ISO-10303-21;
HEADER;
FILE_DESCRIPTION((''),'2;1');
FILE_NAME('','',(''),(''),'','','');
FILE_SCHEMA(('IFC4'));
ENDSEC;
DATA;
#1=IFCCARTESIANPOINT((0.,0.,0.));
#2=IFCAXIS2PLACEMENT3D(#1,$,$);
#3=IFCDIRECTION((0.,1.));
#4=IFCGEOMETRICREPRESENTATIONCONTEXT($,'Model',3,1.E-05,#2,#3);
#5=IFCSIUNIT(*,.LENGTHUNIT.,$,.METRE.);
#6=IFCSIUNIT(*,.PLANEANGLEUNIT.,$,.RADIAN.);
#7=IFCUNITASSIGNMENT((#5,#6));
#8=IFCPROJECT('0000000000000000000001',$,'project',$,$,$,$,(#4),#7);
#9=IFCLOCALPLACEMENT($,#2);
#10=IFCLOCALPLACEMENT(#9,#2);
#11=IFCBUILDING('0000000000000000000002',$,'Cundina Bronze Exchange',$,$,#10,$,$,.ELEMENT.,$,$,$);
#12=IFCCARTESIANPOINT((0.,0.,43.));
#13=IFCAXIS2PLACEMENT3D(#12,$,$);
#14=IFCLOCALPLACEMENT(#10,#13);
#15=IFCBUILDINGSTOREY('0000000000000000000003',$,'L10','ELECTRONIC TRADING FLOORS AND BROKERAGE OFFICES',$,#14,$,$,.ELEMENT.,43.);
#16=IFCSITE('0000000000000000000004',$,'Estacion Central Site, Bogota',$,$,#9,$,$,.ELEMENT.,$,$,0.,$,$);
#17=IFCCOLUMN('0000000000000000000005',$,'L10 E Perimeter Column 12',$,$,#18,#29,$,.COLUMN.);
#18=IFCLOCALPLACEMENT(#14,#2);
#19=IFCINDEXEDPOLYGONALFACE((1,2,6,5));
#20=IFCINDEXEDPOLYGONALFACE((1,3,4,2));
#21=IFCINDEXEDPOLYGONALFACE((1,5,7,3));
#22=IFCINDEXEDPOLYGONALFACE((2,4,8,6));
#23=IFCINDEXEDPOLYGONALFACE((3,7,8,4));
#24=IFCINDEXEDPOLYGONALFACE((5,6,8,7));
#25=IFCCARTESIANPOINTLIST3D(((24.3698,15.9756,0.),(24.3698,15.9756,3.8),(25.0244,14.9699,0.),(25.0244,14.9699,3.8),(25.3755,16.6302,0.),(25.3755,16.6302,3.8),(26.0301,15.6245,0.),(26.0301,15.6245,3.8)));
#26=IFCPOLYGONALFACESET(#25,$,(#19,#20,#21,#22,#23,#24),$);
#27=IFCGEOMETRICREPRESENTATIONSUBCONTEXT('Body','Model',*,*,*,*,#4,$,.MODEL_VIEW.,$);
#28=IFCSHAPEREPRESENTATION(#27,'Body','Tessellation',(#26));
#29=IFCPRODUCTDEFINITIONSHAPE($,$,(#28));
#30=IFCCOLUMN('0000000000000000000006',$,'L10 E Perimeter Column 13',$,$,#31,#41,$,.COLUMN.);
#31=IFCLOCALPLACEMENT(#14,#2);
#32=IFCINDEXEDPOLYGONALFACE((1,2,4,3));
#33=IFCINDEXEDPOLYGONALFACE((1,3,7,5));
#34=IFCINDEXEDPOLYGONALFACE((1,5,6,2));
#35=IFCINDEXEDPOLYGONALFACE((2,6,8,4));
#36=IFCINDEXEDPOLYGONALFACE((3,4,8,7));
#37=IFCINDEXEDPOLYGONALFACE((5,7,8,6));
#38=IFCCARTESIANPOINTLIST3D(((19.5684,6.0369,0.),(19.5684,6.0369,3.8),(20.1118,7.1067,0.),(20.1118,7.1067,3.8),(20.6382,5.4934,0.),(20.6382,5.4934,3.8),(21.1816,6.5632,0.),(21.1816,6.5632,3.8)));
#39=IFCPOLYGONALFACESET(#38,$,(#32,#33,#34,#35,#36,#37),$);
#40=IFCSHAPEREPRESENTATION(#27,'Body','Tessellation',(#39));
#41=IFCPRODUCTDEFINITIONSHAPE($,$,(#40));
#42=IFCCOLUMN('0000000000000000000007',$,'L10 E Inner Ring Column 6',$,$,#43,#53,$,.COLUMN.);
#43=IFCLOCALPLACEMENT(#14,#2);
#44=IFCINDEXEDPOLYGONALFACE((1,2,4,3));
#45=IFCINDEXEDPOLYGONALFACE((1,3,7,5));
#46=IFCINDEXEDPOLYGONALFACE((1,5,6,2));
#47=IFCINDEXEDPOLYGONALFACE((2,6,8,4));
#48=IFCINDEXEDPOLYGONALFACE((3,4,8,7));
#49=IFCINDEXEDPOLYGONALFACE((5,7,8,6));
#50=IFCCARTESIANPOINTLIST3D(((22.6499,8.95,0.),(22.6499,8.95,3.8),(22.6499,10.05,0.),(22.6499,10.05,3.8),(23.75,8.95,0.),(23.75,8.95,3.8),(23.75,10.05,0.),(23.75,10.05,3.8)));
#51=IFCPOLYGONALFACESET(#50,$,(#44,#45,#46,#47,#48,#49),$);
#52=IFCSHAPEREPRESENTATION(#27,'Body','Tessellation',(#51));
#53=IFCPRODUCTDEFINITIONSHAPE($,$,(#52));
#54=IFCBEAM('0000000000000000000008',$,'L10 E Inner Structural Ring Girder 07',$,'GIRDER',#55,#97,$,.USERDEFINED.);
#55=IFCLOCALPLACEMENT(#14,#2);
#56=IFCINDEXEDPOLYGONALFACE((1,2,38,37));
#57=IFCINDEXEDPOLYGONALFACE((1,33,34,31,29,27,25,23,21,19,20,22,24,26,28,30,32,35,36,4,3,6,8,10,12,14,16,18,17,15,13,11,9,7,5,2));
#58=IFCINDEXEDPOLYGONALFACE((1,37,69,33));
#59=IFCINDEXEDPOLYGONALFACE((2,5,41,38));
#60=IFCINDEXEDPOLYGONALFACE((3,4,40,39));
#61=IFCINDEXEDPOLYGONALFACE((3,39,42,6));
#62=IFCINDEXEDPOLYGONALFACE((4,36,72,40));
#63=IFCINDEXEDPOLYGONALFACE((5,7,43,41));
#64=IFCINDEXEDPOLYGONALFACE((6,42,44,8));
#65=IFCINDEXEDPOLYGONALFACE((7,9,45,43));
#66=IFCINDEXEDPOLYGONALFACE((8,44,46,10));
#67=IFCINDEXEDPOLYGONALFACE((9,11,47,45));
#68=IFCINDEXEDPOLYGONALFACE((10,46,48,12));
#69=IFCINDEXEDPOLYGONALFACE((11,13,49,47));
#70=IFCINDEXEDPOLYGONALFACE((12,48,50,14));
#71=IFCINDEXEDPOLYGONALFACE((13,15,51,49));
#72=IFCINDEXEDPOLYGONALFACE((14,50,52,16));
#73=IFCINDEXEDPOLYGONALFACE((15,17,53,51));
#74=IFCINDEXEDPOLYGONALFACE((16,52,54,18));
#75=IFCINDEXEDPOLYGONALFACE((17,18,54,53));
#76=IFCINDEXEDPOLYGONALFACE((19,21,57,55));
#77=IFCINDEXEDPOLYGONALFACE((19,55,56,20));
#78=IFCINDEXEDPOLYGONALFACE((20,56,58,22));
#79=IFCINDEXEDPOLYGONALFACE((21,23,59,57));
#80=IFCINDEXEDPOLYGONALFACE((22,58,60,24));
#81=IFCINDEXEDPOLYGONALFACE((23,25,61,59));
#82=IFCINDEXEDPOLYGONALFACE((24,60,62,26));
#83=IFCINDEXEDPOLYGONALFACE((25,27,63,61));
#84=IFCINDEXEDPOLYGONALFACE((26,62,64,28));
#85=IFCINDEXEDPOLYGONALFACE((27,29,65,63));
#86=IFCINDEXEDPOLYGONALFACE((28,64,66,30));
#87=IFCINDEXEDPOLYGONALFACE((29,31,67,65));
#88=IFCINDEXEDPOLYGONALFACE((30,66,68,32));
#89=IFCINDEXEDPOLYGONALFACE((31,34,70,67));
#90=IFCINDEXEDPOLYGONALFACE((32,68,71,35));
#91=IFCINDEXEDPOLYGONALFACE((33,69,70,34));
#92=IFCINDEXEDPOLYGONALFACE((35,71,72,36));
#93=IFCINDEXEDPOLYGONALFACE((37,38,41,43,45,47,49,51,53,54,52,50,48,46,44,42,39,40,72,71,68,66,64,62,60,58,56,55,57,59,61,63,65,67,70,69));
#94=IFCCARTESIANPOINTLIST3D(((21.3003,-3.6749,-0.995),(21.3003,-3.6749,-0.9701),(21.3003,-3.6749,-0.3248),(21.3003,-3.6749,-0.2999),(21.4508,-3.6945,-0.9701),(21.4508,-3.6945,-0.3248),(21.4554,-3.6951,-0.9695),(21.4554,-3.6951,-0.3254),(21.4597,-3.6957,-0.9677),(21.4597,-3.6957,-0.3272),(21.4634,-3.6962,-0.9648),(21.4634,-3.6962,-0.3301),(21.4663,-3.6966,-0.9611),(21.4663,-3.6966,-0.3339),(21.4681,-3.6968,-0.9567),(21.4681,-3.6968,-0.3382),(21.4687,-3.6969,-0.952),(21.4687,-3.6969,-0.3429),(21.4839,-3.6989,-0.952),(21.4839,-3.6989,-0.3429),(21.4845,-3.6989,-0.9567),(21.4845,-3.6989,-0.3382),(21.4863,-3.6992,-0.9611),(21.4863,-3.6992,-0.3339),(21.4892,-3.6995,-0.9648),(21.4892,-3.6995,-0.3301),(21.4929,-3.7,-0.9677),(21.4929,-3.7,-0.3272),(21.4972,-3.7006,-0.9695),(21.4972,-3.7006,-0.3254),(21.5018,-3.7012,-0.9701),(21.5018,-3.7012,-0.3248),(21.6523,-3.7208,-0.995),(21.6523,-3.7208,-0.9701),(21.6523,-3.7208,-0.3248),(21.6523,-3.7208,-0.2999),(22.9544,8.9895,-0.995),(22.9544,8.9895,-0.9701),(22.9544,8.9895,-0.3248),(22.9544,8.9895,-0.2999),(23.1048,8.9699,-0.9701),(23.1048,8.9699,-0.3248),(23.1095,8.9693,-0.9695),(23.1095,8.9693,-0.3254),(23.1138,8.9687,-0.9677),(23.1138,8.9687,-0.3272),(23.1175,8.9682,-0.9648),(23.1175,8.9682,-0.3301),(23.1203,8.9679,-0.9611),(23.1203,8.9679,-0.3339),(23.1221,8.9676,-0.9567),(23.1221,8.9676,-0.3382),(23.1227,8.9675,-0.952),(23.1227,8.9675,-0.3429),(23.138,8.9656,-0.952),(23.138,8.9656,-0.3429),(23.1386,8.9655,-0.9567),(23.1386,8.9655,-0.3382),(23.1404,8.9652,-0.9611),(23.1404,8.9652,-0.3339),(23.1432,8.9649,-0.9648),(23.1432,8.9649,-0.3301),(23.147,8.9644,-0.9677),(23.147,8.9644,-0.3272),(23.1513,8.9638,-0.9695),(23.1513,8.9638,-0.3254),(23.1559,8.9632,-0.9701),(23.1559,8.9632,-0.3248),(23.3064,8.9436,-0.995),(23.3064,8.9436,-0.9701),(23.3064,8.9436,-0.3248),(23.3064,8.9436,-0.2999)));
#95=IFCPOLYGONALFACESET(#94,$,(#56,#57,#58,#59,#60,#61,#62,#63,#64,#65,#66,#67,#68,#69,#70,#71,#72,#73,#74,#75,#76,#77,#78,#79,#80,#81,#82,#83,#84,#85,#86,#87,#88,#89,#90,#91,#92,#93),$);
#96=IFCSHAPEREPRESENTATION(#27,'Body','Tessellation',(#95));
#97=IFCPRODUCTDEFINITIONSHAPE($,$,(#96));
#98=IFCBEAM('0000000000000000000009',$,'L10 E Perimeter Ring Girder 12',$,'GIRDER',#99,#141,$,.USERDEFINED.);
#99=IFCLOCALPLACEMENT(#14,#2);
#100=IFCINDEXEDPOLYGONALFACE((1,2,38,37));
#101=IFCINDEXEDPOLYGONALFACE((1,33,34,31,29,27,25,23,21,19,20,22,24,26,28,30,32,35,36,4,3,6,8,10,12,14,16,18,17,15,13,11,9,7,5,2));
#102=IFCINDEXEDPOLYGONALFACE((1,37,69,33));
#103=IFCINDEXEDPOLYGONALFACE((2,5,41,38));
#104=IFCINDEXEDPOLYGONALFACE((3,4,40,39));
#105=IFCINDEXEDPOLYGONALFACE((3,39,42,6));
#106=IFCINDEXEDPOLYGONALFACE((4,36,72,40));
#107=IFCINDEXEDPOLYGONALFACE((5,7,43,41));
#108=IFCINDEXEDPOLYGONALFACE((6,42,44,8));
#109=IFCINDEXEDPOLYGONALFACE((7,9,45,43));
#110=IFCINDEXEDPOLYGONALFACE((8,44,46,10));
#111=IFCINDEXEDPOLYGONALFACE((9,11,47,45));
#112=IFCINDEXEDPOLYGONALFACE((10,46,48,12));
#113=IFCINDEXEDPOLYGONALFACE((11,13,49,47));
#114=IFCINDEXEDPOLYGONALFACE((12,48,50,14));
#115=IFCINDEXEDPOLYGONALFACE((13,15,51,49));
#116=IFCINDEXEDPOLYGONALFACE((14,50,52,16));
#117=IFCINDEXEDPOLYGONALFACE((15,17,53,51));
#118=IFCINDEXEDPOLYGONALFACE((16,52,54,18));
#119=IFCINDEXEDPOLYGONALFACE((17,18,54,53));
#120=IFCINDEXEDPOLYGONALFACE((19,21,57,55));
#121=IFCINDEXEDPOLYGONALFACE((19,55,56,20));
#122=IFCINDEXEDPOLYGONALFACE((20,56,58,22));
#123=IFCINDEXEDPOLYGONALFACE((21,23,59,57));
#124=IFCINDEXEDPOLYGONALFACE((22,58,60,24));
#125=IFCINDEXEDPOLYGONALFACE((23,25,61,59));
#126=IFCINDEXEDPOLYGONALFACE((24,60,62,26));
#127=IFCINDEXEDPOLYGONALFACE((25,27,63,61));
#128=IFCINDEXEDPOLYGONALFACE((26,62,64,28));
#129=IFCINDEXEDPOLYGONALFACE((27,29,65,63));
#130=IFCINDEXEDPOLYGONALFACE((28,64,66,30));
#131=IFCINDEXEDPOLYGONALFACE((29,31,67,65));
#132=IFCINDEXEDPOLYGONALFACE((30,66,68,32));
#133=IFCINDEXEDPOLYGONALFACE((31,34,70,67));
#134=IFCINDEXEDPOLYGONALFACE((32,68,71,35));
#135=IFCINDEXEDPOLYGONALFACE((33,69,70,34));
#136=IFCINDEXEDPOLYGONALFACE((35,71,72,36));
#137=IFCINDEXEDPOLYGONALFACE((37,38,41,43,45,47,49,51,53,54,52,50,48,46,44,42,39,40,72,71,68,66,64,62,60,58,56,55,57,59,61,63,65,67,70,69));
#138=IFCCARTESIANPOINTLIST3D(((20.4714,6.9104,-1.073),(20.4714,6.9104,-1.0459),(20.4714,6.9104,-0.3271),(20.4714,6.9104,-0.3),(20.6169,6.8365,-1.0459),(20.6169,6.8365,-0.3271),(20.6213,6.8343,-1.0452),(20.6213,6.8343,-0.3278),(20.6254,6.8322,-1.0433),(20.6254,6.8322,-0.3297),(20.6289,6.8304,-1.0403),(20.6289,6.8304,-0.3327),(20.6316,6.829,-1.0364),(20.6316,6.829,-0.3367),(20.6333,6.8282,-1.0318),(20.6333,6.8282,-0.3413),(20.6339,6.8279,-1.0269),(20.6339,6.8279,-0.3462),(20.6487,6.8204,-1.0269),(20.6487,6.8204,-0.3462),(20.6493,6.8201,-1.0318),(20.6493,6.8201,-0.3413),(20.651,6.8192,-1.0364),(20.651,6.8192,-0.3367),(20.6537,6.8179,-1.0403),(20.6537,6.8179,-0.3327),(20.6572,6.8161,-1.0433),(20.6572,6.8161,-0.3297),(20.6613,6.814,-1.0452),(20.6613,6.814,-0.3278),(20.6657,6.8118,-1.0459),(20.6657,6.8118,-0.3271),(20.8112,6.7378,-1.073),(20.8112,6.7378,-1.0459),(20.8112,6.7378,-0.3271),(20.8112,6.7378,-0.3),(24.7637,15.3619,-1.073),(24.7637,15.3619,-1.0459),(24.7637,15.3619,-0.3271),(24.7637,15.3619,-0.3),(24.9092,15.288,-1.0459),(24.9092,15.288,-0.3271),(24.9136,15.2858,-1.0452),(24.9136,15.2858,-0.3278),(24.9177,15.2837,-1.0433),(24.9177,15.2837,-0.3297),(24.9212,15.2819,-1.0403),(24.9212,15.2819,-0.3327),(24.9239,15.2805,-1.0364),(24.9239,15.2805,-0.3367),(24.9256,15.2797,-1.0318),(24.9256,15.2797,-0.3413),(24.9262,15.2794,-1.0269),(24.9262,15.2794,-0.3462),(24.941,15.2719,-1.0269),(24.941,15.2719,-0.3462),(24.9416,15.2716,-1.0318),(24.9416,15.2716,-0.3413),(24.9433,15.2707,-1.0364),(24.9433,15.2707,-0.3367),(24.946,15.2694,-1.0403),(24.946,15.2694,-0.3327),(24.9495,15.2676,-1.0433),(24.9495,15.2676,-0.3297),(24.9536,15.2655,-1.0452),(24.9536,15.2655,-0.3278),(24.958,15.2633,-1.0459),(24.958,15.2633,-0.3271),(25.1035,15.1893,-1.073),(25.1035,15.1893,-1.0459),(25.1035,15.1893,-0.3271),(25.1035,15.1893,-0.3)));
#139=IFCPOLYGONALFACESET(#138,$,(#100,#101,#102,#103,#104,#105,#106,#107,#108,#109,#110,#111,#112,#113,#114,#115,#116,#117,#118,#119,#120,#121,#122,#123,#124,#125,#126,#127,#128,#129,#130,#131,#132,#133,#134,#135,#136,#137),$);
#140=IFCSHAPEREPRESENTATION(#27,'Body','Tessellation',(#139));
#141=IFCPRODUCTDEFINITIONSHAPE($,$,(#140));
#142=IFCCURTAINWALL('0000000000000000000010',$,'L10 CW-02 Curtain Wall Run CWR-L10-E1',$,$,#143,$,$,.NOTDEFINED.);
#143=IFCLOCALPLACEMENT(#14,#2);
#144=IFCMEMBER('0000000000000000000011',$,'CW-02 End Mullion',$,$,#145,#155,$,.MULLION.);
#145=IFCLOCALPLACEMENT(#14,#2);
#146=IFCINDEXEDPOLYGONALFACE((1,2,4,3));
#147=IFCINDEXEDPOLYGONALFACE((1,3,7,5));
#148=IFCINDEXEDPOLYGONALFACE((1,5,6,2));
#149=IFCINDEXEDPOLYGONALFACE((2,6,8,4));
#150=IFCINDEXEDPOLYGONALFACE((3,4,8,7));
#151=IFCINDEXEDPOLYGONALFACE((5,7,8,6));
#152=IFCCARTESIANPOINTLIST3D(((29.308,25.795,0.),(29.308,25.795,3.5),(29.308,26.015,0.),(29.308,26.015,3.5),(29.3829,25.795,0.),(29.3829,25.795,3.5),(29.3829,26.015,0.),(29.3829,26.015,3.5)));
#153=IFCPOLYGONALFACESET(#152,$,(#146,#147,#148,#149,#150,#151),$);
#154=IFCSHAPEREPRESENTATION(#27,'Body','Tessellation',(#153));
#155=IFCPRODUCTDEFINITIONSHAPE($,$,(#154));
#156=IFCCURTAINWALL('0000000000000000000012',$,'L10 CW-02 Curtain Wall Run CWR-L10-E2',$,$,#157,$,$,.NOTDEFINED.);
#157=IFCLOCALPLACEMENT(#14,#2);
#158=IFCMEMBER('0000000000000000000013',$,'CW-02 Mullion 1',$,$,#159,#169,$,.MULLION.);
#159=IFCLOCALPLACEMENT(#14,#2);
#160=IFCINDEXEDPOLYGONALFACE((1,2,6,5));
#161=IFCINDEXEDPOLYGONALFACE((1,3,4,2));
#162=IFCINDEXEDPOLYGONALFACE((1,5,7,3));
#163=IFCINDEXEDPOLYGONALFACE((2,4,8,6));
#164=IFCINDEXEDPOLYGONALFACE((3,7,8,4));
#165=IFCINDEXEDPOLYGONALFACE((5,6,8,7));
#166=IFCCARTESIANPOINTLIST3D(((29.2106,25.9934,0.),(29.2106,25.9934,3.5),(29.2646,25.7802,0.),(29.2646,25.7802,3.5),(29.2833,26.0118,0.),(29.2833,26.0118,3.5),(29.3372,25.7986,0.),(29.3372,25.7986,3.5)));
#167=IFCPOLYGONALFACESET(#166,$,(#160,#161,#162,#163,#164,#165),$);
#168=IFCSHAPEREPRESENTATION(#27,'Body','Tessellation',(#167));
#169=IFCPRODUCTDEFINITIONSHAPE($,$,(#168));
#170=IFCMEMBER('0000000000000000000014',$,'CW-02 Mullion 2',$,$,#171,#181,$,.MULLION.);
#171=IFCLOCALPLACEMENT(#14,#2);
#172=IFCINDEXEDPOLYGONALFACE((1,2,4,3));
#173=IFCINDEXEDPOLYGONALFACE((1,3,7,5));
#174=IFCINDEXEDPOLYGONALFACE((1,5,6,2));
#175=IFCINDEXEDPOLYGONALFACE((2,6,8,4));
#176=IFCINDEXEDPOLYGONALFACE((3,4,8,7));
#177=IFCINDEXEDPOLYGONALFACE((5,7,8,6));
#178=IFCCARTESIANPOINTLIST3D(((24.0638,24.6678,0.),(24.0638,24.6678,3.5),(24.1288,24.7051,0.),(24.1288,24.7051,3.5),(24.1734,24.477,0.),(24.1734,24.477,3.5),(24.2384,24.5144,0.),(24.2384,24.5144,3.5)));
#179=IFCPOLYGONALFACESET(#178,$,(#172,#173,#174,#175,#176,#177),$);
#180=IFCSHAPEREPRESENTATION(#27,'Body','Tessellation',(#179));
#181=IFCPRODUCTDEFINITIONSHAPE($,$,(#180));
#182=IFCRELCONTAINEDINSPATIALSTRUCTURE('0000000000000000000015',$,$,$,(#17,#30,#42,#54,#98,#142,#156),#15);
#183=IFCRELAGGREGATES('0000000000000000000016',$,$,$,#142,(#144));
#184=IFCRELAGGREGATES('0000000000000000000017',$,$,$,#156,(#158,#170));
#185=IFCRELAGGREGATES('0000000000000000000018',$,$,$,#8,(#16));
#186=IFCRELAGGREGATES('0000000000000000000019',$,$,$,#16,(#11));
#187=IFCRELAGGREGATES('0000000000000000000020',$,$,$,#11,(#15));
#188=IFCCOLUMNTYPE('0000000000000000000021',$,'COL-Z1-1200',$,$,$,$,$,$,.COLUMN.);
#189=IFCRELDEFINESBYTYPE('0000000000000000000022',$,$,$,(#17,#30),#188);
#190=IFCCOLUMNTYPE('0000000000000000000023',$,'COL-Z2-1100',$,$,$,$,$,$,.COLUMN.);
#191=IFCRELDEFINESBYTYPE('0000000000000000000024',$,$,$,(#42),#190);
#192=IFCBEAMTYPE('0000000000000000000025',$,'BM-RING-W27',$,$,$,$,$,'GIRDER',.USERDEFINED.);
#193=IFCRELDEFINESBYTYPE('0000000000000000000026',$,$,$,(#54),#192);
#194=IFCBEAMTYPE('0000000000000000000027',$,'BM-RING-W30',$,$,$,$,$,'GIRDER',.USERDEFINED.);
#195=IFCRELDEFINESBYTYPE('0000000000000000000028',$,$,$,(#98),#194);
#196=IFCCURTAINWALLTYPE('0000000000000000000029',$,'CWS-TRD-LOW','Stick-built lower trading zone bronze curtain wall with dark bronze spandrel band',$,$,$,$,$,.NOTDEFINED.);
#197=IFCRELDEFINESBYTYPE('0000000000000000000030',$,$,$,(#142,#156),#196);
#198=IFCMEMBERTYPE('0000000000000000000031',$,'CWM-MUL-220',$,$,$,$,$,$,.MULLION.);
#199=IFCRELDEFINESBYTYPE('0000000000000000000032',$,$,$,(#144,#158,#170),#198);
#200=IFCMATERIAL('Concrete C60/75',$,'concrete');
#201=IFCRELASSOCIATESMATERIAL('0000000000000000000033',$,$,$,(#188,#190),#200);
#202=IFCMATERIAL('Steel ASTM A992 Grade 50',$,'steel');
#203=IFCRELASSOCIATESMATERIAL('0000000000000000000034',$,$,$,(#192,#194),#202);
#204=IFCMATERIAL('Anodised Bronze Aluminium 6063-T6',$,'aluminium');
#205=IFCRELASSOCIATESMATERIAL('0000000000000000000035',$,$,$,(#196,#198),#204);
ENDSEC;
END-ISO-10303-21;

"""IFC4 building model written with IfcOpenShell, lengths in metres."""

from ifc_helpers import new_model, si_unit, direction, frame, origin, origin_2d, place, context, subcontext, project, spatial, rectangle, i_section, extrude, material, material_profile, profile_set, type_object, element, aggregate, save


model = new_model("IFC4")

# Units and contexts
model_context = context("Model", 3, precision=1e-05, world=origin(), true_north=direction((0.0, 1.0)))
body_context = subcontext(model_context, "Body", "Model", "MODEL_VIEW")
ifc_project = project(units=[si_unit("LENGTHUNIT", "METRE"), si_unit("PLANEANGLEUNIT", "RADIAN")], contexts=[model_context])

# Site, building, storey
site_placement = place(None, origin())
site = spatial("IfcSite", under=ifc_project, at=site_placement, Name="Estacion Central Site, Bogota", CompositionType="ELEMENT", RefElevation=0.0)
building_placement = place(site_placement, origin())
building = spatial("IfcBuilding", under=site, at=building_placement, Name="Cundina Bronze Exchange", CompositionType="ELEMENT")
storey_placement = place(building_placement, frame((0.0, 0.0, 43.0)))
storey = spatial("IfcBuildingStorey", under=building, at=storey_placement, Name="L10", Description="ELECTRONIC TRADING FLOORS AND BROKERAGE OFFICES", CompositionType="ELEMENT", Elevation=43.0)

# Columns
ifc_material_1 = material(Name="Concrete C60/75", Category="concrete")
ifc_material_profile_1 = material_profile(ifc_material_1, rectangle(XDim=1.2, YDim=1.2, at=origin_2d()), Name="RC1200X1200", Category="concrete")
ifc_profile_set_1 = profile_set([ifc_material_profile_1], Name="Concrete C60/75")
column_type_1 = type_object("IfcColumnType", Name="COL-Z1-1200", PredefinedType="COLUMN", material=ifc_profile_set_1)
for number, where, z_axis, x_axis, name in (
    (1, (25.2, 15.8, 0.0), (0.0, 0.0, 1.0), (-0.8381, -0.545517, 0.0), "L10 E Perimeter Column 12"),
    (2, (20.375, 6.3, 0.0), (0.0, 0.0, 1.0), (-0.452902, -0.891561, 0.0), "L10 E Perimeter Column 13"),
):
    element("IfcColumn", number, at=place(storey_placement, frame(where, z_axis=z_axis, x_axis=x_axis)), inside=storey, type_object=column_type_1, Name=name, PredefinedType="COLUMN", context=body_context, shape_type="SweptSolid", body=[
        extrude(rectangle(XDim=1.2, YDim=1.2, at=origin_2d()), origin(), (0.0, 0.0, 1.0), 3.8),
    ])
ifc_material_profile_2 = material_profile(ifc_material_1, rectangle(XDim=1.1001, YDim=1.1001, at=origin_2d()), Name="RC1100X1100", Category="concrete")
ifc_profile_set_2 = profile_set([ifc_material_profile_2], Name="Concrete C60/75")
column_type_2 = type_object("IfcColumnType", Name="COL-Z2-1100", PredefinedType="COLUMN", material=ifc_profile_set_2)
column_placement = place(storey_placement, frame((23.2, 9.5, 0.0), z_axis=(0.0, 0.0, 1.0), x_axis=(1.0, 0.0, 0.0)))
element("IfcColumn", 3, at=column_placement, inside=storey, type_object=column_type_2, Name="L10 E Inner Ring Column 6", PredefinedType="COLUMN", context=body_context, shape_type="SweptSolid", body=[
    extrude(rectangle(XDim=1.1001, YDim=1.1001, at=origin_2d()), origin(), (0.0, 0.0, 1.0), 3.8),
])

# Beams
ifc_material_2 = material(Name="Steel ASTM A992 Grade 50", Category="steel")
ifc_material_profile_3 = material_profile(ifc_material_2, i_section(OverallWidth=0.355, OverallDepth=0.6951, WebThickness=0.0154, FlangeThickness=0.0249, FilletRadius=0.0181, at=origin_2d()), Name="W27X146", Category="steel")
ifc_profile_set_3 = profile_set([ifc_material_profile_3], Name="Steel ASTM A992 Grade 50")
beam_type_1 = type_object("IfcBeamType", Name="BM-RING-W27", ElementType="GIRDER", PredefinedType="USERDEFINED", material=ifc_profile_set_3)
beam_1_placement = place(storey_placement, frame((23.1304, 8.9666, -0.6475), z_axis=(-0.129508, -0.991578, 0.0), x_axis=(0.991578, -0.129508, 0.0)))
element("IfcBeam", 4, at=beam_1_placement, inside=storey, type_object=beam_type_1, Name="L10 E Inner Structural Ring Girder 07", ObjectType="GIRDER", PredefinedType="USERDEFINED", context=body_context, shape_type="SweptSolid", body=[
    extrude(i_section(OverallWidth=0.355, OverallDepth=0.6951, WebThickness=0.0154, FlangeThickness=0.0249, FilletRadius=0.0181, at=origin_2d()), origin(), (0.0, 0.0, 1.0), 12.772),
])
ifc_material_profile_4 = material_profile(ifc_material_2, i_section(OverallWidth=0.3811, OverallDepth=0.7729, WebThickness=0.0166, FlangeThickness=0.0271, FilletRadius=0.019, at=origin_2d()), Name="W30X173", Category="steel")
ifc_profile_set_4 = profile_set([ifc_material_profile_4], Name="Steel ASTM A992 Grade 50")
beam_type_2 = type_object("IfcBeamType", Name="BM-RING-W30", ElementType="GIRDER", PredefinedType="USERDEFINED", material=ifc_profile_set_4)
beam_2_placement = place(storey_placement, frame((24.9336, 15.2756, -0.6865), z_axis=(-0.45282, -0.891602, 0.0), x_axis=(0.891602, -0.45282, 0.0)))
element("IfcBeam", 5, at=beam_2_placement, inside=storey, type_object=beam_type_2, Name="L10 E Perimeter Ring Girder 12", ObjectType="GIRDER", PredefinedType="USERDEFINED", context=body_context, shape_type="SweptSolid", body=[
    extrude(i_section(OverallWidth=0.3811, OverallDepth=0.7729, WebThickness=0.0166, FlangeThickness=0.0271, FilletRadius=0.019, at=origin_2d()), origin(), (0.0, 0.0, 1.0), 9.479),
])

# Curtain wall, member
ifc_material_3 = material(Name="Anodised Bronze Aluminium 6063-T6", Category="aluminium")
curtain_wall_type = type_object("IfcCurtainWallType", Name="CWS-TRD-LOW", Description="Stick-built lower trading zone bronze curtain wall with dark bronze spandrel band", PredefinedType="NOTDEFINED", material=ifc_material_3)
curtain_wall_1_placement = place(storey_placement, origin())
curtain_wall_1 = element("IfcCurtainWall", 6, at=curtain_wall_1_placement, inside=storey, type_object=curtain_wall_type, Name="L10 CW-02 Curtain Wall Run CWR-L10-E1", PredefinedType="NOTDEFINED")
ifc_material_profile_5 = material_profile(ifc_material_3, rectangle(XDim=0.075, YDim=0.22, at=origin_2d()), Name="AL75X220", Category="aluminium")
ifc_profile_set_5 = profile_set([ifc_material_profile_5], Name="Anodised Bronze Aluminium 6063-T6")
member_type_1 = type_object("IfcMemberType", Name="CWM-MUL-220", PredefinedType="MULLION", material=ifc_profile_set_5)
member_1_placement = place(storey_placement, frame((29.3455, 25.905, 0.0), z_axis=(0.0, 0.0, 1.0), x_axis=(-1.0, 0.0, 0.0)))
member_1 = element("IfcMember", 7, at=member_1_placement, type_object=member_type_1, Name="CW-02 End Mullion", PredefinedType="MULLION", context=body_context, shape_type="SweptSolid", body=[
    extrude(rectangle(XDim=0.075, YDim=0.22, at=origin_2d()), origin(), (0.0, 0.0, 1.0), 3.5),
])
aggregate(curtain_wall_1, [member_1])

# Curtain wall, members
curtain_wall_2_placement = place(storey_placement, origin())
curtain_wall_2 = element("IfcCurtainWall", 8, at=curtain_wall_2_placement, inside=storey, type_object=curtain_wall_type, Name="L10 CW-02 Curtain Wall Run CWR-L10-E2", PredefinedType="NOTDEFINED")
member_2_placement = place(storey_placement, frame((29.2739, 25.896, 0.0), z_axis=(0.0, 0.0, 1.0), x_axis=(-0.969488, -0.245138, 0.0)))
member_2 = element("IfcMember", 9, at=member_2_placement, type_object=member_type_1, Name="CW-02 Mullion 1", PredefinedType="MULLION", context=body_context, shape_type="SweptSolid", body=[
    extrude(rectangle(XDim=0.075, YDim=0.22, at=origin_2d()), origin(), (0.0, 0.0, 1.0), 3.5),
])
member_3_placement = place(storey_placement, frame((24.1511, 24.5911, 0.0), z_axis=(0.0, 0.0, 1.0), x_axis=(-0.867071, -0.498185, 0.0)))
member_3 = element("IfcMember", 10, at=member_3_placement, type_object=member_type_1, Name="CW-02 Mullion 2", PredefinedType="MULLION", context=body_context, shape_type="SweptSolid", body=[
    extrude(rectangle(XDim=0.075, YDim=0.22, at=origin_2d()), origin(), (0.0, 0.0, 1.0), 3.5),
])
aggregate(curtain_wall_2, [member_2, member_3])

save(model, "model.ifc")
